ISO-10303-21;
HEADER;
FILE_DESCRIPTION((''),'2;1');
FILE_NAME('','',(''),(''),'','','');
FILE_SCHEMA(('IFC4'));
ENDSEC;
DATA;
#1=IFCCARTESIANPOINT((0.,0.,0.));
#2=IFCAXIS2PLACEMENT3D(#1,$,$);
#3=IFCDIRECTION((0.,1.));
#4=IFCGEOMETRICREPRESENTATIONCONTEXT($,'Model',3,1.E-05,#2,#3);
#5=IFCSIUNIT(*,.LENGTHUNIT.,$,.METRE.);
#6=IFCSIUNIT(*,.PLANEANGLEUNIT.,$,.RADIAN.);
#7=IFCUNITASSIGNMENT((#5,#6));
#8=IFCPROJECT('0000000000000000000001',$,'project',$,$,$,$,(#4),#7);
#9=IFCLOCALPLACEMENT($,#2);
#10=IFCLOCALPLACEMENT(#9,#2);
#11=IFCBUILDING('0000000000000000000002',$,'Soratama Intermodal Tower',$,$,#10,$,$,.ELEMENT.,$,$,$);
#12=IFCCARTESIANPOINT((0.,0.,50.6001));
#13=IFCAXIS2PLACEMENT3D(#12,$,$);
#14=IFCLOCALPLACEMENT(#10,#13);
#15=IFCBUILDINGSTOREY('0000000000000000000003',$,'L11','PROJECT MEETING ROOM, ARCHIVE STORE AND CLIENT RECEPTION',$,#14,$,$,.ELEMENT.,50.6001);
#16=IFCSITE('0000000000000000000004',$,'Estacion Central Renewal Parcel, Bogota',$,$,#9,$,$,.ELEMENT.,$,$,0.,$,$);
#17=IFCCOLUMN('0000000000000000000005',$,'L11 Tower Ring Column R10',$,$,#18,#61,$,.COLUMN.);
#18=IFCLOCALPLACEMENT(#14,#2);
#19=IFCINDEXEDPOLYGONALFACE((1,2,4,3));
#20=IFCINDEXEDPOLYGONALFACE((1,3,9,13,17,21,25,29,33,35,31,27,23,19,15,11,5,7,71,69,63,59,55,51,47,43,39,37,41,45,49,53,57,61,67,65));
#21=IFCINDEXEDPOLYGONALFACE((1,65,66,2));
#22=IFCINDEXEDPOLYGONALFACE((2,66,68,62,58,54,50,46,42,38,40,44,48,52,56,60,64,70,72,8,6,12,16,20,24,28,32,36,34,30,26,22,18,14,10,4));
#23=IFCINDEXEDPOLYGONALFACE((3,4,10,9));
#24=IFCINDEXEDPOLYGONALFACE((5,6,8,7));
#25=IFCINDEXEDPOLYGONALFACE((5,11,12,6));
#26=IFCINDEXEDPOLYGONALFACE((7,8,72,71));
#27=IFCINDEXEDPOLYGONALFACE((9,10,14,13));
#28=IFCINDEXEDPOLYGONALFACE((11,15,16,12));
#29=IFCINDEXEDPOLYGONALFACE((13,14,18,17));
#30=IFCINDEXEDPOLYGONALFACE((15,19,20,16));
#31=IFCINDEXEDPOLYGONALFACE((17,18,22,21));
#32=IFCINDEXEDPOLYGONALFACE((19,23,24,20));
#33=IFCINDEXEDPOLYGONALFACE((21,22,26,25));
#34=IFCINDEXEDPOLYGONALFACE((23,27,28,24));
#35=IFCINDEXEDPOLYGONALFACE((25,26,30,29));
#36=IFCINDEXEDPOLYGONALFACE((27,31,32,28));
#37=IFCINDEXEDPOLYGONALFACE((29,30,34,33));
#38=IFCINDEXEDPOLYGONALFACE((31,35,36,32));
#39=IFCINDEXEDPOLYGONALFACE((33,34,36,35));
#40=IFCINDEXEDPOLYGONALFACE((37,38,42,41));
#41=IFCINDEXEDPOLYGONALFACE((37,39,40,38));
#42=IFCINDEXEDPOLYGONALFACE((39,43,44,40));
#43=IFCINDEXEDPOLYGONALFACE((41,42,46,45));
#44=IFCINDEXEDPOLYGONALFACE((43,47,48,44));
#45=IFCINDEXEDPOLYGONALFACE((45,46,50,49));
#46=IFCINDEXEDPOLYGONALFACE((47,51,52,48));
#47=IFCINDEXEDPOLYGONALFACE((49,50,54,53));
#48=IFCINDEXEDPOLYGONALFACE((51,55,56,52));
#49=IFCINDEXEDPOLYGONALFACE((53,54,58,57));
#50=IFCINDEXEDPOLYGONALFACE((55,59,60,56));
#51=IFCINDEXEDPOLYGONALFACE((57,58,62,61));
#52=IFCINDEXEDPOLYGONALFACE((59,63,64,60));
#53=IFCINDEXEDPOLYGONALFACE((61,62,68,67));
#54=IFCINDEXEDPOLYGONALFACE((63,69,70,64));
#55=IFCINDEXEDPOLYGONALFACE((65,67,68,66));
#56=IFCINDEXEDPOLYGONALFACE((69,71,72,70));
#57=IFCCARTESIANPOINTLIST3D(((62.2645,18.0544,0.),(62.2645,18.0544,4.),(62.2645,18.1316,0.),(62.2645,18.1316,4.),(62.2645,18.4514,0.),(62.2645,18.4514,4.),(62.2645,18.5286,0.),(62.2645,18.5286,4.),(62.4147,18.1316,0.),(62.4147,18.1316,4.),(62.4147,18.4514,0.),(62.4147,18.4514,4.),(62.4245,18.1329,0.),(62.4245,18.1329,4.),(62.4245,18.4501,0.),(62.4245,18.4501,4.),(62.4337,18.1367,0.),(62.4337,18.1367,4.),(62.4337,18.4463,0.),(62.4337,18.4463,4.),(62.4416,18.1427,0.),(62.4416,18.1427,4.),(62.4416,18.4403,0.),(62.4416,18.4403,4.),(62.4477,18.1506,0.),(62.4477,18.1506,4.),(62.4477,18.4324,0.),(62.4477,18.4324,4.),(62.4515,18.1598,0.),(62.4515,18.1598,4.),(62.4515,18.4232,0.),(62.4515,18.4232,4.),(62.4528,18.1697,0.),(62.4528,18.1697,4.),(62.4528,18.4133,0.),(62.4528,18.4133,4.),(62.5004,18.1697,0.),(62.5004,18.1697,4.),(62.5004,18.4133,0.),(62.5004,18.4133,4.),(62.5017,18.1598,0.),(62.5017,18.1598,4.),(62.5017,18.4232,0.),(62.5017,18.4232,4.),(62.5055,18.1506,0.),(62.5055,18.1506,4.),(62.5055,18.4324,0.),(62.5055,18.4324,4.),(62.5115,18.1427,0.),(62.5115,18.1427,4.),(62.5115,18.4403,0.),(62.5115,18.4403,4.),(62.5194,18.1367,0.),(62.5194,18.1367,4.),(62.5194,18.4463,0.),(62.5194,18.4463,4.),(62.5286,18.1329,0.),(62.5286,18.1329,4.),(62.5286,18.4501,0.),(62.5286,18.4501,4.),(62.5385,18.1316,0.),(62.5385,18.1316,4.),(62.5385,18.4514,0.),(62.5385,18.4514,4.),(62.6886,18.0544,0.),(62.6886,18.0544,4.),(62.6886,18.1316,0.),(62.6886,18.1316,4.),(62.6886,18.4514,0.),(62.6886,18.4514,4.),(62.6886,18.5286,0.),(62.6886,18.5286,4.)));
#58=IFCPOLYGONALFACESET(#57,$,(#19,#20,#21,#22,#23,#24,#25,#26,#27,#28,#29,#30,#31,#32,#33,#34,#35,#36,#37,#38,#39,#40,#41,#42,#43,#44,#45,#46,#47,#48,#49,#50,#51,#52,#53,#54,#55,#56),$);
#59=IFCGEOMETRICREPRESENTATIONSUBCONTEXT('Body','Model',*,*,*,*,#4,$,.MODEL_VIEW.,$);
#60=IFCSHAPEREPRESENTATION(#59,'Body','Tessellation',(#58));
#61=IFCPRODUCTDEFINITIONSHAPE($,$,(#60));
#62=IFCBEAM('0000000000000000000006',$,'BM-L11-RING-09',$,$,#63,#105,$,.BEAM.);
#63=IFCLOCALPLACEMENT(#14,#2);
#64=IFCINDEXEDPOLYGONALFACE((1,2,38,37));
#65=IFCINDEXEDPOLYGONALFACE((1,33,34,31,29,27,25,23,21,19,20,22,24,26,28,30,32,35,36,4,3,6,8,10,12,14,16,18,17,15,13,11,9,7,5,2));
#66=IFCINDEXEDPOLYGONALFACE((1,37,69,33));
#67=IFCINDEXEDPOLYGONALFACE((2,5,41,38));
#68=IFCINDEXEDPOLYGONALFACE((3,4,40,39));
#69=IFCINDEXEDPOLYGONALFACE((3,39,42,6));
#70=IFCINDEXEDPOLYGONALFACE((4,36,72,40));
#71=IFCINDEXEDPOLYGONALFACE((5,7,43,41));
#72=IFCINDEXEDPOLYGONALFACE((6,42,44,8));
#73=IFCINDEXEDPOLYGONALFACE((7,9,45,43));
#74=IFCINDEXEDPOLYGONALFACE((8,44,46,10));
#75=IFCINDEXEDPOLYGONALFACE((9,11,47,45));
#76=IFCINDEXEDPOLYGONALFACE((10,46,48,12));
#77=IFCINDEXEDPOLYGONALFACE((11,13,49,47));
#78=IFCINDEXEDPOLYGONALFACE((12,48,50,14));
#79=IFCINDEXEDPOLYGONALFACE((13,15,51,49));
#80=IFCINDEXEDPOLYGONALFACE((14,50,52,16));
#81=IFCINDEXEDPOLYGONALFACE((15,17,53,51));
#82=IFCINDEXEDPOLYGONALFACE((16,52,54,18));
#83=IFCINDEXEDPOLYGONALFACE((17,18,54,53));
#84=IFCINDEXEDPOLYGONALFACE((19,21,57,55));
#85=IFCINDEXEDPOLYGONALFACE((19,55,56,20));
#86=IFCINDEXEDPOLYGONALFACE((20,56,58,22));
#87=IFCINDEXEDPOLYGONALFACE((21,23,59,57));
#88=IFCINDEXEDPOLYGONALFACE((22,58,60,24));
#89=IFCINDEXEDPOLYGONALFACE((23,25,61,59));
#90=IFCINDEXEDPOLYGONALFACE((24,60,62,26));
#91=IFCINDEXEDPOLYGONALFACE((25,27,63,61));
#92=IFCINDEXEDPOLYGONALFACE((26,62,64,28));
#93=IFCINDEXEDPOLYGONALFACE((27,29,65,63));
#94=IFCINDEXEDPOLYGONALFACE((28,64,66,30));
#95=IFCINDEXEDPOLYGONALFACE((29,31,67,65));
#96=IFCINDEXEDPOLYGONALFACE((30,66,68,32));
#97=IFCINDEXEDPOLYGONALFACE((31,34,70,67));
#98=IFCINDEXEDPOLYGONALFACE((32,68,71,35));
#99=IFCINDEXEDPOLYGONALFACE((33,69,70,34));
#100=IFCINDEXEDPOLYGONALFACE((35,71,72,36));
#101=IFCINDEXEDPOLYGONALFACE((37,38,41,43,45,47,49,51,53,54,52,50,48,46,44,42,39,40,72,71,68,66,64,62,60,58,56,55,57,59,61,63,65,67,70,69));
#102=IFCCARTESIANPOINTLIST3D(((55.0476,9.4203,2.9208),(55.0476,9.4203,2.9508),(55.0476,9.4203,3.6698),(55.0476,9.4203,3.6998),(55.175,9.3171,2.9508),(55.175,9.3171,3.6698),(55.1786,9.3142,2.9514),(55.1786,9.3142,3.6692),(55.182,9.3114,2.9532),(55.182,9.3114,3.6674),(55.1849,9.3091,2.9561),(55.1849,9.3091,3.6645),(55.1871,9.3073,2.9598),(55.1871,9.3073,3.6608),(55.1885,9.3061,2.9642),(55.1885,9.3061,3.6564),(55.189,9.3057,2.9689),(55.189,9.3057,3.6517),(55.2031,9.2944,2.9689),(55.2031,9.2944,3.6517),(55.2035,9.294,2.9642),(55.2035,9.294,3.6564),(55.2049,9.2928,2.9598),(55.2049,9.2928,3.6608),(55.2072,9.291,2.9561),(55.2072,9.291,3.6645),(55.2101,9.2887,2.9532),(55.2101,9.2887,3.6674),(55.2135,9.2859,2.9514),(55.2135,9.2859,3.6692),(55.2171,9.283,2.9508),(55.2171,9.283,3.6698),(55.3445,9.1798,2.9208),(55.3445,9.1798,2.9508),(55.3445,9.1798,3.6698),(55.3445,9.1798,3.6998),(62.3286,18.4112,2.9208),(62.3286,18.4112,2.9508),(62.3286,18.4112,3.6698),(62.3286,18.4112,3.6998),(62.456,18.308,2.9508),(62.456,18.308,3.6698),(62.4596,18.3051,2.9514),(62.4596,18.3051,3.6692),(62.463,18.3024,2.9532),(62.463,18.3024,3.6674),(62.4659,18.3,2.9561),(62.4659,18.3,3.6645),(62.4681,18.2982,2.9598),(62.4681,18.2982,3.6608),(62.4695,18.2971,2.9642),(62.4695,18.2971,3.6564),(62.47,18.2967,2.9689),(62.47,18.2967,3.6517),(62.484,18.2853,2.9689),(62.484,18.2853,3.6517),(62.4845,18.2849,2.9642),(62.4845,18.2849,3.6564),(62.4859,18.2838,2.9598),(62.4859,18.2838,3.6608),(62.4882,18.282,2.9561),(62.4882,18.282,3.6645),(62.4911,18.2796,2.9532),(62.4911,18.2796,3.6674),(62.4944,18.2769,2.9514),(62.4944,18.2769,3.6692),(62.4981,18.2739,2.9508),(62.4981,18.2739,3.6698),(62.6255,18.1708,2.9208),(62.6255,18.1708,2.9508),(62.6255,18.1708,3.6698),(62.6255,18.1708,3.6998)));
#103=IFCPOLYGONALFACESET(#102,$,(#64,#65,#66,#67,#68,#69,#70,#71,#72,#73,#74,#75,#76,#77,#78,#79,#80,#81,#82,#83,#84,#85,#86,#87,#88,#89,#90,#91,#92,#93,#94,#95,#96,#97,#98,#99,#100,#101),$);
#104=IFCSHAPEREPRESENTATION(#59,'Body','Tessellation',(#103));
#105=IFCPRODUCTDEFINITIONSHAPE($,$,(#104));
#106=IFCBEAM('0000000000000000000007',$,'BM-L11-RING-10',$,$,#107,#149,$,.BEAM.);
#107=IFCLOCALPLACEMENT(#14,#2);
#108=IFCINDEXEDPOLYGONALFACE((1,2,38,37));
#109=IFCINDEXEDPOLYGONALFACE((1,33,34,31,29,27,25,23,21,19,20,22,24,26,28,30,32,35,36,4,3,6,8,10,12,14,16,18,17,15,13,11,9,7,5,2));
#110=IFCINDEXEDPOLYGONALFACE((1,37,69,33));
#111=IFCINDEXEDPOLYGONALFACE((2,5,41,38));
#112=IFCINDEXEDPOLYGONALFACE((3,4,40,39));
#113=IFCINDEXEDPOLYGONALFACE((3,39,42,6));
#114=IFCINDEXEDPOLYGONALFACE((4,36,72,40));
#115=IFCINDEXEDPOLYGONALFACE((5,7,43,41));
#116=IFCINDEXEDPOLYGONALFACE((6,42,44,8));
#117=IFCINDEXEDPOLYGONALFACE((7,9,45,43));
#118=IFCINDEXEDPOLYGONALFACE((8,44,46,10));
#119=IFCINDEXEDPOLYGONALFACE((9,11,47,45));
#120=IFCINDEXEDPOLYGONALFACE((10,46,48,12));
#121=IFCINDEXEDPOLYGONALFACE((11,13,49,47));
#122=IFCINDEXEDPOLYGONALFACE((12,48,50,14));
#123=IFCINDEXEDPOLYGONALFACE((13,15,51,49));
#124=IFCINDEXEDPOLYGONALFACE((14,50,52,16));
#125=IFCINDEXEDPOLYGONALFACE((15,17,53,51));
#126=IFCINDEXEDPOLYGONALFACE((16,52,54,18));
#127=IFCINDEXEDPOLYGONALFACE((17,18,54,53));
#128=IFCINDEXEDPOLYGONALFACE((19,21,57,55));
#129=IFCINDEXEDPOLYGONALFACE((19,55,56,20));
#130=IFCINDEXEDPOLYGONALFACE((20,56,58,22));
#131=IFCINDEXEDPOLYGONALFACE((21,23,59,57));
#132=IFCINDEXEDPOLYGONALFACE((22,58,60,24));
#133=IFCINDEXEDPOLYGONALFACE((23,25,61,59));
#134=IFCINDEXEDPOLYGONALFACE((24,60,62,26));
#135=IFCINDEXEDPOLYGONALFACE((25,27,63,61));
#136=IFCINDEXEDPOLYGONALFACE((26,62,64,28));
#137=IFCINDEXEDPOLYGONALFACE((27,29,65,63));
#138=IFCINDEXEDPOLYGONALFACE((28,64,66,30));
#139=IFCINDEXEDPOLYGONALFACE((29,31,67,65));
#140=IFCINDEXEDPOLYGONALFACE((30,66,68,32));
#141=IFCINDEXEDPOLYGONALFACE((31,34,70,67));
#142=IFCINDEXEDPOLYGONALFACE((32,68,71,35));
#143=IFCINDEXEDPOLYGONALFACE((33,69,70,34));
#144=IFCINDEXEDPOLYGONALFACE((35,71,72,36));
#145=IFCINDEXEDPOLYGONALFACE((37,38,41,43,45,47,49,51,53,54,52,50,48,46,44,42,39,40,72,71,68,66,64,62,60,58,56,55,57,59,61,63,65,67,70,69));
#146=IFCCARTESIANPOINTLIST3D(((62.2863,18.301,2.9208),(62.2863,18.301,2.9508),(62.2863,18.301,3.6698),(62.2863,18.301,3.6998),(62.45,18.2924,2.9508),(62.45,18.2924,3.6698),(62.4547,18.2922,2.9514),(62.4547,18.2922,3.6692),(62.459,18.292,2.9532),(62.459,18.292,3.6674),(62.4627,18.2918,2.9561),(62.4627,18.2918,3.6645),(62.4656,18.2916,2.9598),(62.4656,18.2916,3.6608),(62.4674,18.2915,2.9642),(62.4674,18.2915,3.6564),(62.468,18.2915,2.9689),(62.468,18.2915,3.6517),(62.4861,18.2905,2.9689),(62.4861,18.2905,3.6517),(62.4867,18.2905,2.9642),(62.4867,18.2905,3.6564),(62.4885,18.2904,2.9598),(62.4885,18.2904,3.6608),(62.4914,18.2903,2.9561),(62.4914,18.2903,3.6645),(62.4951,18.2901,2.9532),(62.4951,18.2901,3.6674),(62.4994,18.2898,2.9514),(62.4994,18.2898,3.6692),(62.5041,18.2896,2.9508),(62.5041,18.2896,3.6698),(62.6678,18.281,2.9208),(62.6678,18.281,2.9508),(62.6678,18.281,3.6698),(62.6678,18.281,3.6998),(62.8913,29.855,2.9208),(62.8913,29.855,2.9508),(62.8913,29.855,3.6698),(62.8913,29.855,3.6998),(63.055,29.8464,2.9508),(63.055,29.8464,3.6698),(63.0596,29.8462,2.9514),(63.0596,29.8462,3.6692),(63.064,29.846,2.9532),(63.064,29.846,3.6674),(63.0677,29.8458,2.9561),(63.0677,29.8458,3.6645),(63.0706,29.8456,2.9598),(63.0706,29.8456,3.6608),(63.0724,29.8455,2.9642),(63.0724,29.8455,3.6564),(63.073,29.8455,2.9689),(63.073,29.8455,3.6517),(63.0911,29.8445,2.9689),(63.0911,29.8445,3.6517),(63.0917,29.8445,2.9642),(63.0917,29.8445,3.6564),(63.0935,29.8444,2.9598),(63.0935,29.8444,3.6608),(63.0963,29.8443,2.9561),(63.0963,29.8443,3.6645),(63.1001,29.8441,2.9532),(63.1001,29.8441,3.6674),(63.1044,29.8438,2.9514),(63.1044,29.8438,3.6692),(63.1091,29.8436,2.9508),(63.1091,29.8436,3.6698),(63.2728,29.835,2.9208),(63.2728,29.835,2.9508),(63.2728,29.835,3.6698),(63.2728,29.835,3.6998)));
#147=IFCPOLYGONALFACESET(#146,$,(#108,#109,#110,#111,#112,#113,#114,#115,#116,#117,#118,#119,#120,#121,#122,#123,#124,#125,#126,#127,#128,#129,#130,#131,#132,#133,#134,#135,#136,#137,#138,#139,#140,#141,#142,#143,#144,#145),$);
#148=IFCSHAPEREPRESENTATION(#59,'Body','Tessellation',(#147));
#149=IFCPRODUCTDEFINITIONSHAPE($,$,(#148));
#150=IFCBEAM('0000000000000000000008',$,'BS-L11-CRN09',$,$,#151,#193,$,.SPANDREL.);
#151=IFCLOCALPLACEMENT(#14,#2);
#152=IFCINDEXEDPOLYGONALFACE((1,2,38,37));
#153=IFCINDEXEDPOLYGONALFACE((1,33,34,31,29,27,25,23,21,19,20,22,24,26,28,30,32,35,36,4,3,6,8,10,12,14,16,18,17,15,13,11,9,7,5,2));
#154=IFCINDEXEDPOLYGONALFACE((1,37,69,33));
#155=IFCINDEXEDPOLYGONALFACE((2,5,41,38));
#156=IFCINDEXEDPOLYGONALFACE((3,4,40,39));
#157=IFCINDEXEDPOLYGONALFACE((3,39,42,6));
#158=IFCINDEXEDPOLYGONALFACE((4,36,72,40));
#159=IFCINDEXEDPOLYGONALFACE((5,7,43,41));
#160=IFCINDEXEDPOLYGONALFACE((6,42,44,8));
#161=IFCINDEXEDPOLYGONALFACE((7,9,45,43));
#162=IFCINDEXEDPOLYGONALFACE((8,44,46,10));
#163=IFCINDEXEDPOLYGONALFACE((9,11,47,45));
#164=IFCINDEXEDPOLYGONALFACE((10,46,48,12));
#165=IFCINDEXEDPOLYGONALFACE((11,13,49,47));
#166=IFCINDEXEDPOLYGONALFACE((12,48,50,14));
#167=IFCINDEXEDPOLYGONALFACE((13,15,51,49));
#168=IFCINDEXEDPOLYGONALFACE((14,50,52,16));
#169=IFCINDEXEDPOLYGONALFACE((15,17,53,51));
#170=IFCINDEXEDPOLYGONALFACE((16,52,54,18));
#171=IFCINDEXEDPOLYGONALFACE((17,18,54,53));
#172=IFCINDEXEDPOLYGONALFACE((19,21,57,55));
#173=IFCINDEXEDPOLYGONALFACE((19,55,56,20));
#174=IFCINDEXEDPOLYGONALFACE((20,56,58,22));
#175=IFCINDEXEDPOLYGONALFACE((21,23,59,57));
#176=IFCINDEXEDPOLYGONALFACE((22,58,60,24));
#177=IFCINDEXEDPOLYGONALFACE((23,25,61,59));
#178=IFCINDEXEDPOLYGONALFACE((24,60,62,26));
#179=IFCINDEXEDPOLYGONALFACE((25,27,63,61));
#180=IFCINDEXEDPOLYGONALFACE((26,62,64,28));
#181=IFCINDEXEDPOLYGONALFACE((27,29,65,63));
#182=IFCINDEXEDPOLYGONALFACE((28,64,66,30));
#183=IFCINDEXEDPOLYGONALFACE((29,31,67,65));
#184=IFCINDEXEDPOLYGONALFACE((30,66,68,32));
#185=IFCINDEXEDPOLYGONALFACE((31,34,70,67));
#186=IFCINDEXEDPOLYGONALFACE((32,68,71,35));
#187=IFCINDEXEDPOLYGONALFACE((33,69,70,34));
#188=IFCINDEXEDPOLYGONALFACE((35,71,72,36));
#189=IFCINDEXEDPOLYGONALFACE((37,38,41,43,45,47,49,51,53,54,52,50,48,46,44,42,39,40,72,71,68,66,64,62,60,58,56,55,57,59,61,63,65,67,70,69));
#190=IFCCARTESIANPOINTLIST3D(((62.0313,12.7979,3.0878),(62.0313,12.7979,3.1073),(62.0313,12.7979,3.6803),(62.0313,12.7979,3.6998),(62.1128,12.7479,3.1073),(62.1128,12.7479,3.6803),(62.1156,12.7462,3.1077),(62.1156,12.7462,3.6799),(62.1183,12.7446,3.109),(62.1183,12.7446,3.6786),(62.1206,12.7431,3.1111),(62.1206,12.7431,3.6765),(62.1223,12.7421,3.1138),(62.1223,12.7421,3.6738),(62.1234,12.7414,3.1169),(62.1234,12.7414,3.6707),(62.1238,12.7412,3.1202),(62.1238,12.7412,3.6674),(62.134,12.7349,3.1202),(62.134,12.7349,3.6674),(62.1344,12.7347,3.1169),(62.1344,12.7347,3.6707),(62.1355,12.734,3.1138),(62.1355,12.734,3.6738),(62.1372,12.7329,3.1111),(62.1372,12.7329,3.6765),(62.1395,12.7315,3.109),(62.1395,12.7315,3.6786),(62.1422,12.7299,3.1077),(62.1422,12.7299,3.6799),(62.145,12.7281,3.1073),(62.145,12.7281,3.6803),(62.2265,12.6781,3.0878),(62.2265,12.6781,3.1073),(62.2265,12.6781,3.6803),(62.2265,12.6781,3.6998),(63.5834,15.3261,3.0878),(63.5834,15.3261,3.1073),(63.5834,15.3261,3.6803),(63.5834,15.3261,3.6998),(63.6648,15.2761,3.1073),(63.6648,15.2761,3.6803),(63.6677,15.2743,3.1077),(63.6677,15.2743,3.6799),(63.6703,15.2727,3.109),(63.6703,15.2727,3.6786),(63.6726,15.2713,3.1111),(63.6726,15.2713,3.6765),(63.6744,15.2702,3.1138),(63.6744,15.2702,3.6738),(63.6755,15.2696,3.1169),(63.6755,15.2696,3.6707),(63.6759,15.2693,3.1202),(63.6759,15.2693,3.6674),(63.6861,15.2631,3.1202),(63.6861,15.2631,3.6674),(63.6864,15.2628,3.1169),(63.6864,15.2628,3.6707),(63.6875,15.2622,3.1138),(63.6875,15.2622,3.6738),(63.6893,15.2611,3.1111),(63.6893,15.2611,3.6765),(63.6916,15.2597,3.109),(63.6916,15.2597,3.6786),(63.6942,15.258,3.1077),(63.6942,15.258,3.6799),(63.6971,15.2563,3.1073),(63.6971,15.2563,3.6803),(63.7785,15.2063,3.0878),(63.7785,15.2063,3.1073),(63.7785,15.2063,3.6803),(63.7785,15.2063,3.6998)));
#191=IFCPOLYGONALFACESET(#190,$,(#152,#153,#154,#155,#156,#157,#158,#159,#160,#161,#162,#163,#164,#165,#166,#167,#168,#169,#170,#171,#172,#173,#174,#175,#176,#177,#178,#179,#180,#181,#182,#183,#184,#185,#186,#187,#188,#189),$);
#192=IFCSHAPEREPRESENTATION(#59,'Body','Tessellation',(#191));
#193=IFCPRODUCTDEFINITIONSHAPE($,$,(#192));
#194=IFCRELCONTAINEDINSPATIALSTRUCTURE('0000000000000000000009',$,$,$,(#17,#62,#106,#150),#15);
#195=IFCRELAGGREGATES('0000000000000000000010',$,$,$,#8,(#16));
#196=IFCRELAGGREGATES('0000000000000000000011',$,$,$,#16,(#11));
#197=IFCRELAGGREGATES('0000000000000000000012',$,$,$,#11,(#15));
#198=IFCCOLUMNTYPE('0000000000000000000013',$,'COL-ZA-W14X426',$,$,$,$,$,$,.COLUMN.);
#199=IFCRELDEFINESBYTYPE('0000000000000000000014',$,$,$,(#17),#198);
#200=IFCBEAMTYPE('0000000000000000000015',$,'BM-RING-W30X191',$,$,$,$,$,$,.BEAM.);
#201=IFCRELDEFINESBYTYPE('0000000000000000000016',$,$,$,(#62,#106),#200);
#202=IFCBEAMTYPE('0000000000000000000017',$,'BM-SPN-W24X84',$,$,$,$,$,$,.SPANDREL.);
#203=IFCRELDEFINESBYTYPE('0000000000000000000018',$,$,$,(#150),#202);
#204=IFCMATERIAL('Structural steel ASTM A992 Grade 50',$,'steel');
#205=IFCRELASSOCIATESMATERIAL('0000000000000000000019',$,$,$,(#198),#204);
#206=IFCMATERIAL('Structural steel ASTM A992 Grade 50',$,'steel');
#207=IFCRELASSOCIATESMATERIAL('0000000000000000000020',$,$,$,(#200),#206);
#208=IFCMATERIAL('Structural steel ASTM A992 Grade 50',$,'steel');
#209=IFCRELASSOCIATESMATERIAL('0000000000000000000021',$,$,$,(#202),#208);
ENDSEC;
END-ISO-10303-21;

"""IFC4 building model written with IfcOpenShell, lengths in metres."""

from ifc_helpers import new_model, si_unit, direction, frame, origin, origin_2d, place, context, subcontext, project, spatial, i_section, extrude, material, material_profile, profile_set, type_object, element, save


model = new_model("IFC4")

# Units and contexts
model_context = context("Model", 3, precision=1e-05, world=origin(), true_north=direction((0.0, 1.0)))
body_context = subcontext(model_context, "Body", "Model", "MODEL_VIEW")
ifc_project = project(units=[si_unit("LENGTHUNIT", "METRE"), si_unit("PLANEANGLEUNIT", "RADIAN")], contexts=[model_context])

# Site, building, storey
site_placement = place(None, origin())
site = spatial("IfcSite", under=ifc_project, at=site_placement, Name="Estacion Central Renewal Parcel, Bogota", CompositionType="ELEMENT", RefElevation=0.0)
building_placement = place(site_placement, origin())
building = spatial("IfcBuilding", under=site, at=building_placement, Name="Soratama Intermodal Tower", CompositionType="ELEMENT")
storey_placement = place(building_placement, frame((0.0, 0.0, 50.6001)))
storey = spatial("IfcBuildingStorey", under=building, at=storey_placement, Name="L11", Description="PROJECT MEETING ROOM, ARCHIVE STORE AND CLIENT RECEPTION", CompositionType="ELEMENT", Elevation=50.6001)

# Column
ifc_material_1 = material(Name="Structural steel ASTM A992 Grade 50", Category="steel")
ifc_material_profile_1 = material_profile(ifc_material_1, i_section(OverallWidth=0.4241, OverallDepth=0.4741, WebThickness=0.0476, FlangeThickness=0.0771, FilletRadius=0.0381, at=origin_2d()), Name="W14X426")
ifc_profile_set_1 = profile_set([ifc_material_profile_1], Name="Structural steel ASTM A992 Grade 50")
column_type = type_object("IfcColumnType", Name="COL-ZA-W14X426", PredefinedType="COLUMN", material=ifc_profile_set_1)
column_placement = place(storey_placement, frame((62.4766, 18.2915, 0.0), z_axis=(0.0, 0.0, 1.0), x_axis=(1.0, 0.0, 0.0)))
element("IfcColumn", 1, at=column_placement, inside=storey, type_object=column_type, Name="L11 Tower Ring Column R10", PredefinedType="COLUMN", context=body_context, shape_type="SweptSolid", body=[
    extrude(i_section(OverallWidth=0.4241, OverallDepth=0.4741, WebThickness=0.0476, FlangeThickness=0.0771, FilletRadius=0.0381, at=origin_2d()), origin(), (0.0, 0.0, 1.0), 4.0),
])

# Beams
ifc_material_2 = material(Name="Structural steel ASTM A992 Grade 50", Category="steel")
ifc_material_profile_2 = material_profile(ifc_material_2, i_section(OverallWidth=0.3821, OverallDepth=0.7791, WebThickness=0.0181, FlangeThickness=0.03, FilletRadius=0.0181, at=origin_2d()), Name="W30X191")
ifc_profile_set_2 = profile_set([ifc_material_profile_2], Name="Structural steel ASTM A992 Grade 50")
beam_type_1 = type_object("IfcBeamType", Name="BM-RING-W30X191", PredefinedType="BEAM", material=ifc_profile_set_2)
beam_1_placement = place(storey_placement, frame((55.196, 9.3, 3.3103), z_axis=(0.629334, 0.777135, 0.0), x_axis=(-0.777135, 0.629334, 0.0)))
element("IfcBeam", 2, at=beam_1_placement, inside=storey, type_object=beam_type_1, Name="BM-L11-RING-09", PredefinedType="BEAM", context=body_context, shape_type="SweptSolid", body=[
    extrude(i_section(OverallWidth=0.3821, OverallDepth=0.7791, WebThickness=0.0181, FlangeThickness=0.03, FilletRadius=0.0181, at=origin_2d()), origin(), (0.0, 0.0, 1.0), 11.5693),
])
beam_2_placement = place(storey_placement, frame((62.4771, 18.291, 3.3103), z_axis=(0.05229, 0.998632, 0.0), x_axis=(-0.998632, 0.05229, 0.0)))
element("IfcBeam", 3, at=beam_2_placement, inside=storey, type_object=beam_type_1, Name="BM-L11-RING-10", PredefinedType="BEAM", context=body_context, shape_type="SweptSolid", body=[
    extrude(i_section(OverallWidth=0.3821, OverallDepth=0.7791, WebThickness=0.0181, FlangeThickness=0.03, FilletRadius=0.0181, at=origin_2d()), origin(), (0.0, 0.0, 1.0), 11.5698),
])
ifc_material_3 = material(Name="Structural steel ASTM A992 Grade 50", Category="steel")
ifc_material_profile_3 = material_profile(ifc_material_3, i_section(OverallWidth=0.229, OverallDepth=0.6121, WebThickness=0.012, FlangeThickness=0.0195, FilletRadius=0.0129, at=origin_2d()), Name="W24X84")
ifc_profile_set_3 = profile_set([ifc_material_profile_3], Name="Structural steel ASTM A992 Grade 50")
beam_type_2 = type_object("IfcBeamType", Name="BM-SPN-W24X84", PredefinedType="SPANDREL", material=ifc_profile_set_3)
beam_3_placement = place(storey_placement, frame((62.1289, 12.738, 3.3938), z_axis=(0.523183, 0.85222, 0.0), x_axis=(-0.85222, 0.523183, 0.0)))
element("IfcBeam", 4, at=beam_3_placement, inside=storey, type_object=beam_type_2, Name="BS-L11-CRN09", PredefinedType="SPANDREL", context=body_context, shape_type="SweptSolid", body=[
    extrude(i_section(OverallWidth=0.229, OverallDepth=0.6121, WebThickness=0.012, FlangeThickness=0.0195, FilletRadius=0.0129, at=origin_2d()), origin(), (0.0, 0.0, 1.0), 2.9666),
])

save(model, "model.ifc")
